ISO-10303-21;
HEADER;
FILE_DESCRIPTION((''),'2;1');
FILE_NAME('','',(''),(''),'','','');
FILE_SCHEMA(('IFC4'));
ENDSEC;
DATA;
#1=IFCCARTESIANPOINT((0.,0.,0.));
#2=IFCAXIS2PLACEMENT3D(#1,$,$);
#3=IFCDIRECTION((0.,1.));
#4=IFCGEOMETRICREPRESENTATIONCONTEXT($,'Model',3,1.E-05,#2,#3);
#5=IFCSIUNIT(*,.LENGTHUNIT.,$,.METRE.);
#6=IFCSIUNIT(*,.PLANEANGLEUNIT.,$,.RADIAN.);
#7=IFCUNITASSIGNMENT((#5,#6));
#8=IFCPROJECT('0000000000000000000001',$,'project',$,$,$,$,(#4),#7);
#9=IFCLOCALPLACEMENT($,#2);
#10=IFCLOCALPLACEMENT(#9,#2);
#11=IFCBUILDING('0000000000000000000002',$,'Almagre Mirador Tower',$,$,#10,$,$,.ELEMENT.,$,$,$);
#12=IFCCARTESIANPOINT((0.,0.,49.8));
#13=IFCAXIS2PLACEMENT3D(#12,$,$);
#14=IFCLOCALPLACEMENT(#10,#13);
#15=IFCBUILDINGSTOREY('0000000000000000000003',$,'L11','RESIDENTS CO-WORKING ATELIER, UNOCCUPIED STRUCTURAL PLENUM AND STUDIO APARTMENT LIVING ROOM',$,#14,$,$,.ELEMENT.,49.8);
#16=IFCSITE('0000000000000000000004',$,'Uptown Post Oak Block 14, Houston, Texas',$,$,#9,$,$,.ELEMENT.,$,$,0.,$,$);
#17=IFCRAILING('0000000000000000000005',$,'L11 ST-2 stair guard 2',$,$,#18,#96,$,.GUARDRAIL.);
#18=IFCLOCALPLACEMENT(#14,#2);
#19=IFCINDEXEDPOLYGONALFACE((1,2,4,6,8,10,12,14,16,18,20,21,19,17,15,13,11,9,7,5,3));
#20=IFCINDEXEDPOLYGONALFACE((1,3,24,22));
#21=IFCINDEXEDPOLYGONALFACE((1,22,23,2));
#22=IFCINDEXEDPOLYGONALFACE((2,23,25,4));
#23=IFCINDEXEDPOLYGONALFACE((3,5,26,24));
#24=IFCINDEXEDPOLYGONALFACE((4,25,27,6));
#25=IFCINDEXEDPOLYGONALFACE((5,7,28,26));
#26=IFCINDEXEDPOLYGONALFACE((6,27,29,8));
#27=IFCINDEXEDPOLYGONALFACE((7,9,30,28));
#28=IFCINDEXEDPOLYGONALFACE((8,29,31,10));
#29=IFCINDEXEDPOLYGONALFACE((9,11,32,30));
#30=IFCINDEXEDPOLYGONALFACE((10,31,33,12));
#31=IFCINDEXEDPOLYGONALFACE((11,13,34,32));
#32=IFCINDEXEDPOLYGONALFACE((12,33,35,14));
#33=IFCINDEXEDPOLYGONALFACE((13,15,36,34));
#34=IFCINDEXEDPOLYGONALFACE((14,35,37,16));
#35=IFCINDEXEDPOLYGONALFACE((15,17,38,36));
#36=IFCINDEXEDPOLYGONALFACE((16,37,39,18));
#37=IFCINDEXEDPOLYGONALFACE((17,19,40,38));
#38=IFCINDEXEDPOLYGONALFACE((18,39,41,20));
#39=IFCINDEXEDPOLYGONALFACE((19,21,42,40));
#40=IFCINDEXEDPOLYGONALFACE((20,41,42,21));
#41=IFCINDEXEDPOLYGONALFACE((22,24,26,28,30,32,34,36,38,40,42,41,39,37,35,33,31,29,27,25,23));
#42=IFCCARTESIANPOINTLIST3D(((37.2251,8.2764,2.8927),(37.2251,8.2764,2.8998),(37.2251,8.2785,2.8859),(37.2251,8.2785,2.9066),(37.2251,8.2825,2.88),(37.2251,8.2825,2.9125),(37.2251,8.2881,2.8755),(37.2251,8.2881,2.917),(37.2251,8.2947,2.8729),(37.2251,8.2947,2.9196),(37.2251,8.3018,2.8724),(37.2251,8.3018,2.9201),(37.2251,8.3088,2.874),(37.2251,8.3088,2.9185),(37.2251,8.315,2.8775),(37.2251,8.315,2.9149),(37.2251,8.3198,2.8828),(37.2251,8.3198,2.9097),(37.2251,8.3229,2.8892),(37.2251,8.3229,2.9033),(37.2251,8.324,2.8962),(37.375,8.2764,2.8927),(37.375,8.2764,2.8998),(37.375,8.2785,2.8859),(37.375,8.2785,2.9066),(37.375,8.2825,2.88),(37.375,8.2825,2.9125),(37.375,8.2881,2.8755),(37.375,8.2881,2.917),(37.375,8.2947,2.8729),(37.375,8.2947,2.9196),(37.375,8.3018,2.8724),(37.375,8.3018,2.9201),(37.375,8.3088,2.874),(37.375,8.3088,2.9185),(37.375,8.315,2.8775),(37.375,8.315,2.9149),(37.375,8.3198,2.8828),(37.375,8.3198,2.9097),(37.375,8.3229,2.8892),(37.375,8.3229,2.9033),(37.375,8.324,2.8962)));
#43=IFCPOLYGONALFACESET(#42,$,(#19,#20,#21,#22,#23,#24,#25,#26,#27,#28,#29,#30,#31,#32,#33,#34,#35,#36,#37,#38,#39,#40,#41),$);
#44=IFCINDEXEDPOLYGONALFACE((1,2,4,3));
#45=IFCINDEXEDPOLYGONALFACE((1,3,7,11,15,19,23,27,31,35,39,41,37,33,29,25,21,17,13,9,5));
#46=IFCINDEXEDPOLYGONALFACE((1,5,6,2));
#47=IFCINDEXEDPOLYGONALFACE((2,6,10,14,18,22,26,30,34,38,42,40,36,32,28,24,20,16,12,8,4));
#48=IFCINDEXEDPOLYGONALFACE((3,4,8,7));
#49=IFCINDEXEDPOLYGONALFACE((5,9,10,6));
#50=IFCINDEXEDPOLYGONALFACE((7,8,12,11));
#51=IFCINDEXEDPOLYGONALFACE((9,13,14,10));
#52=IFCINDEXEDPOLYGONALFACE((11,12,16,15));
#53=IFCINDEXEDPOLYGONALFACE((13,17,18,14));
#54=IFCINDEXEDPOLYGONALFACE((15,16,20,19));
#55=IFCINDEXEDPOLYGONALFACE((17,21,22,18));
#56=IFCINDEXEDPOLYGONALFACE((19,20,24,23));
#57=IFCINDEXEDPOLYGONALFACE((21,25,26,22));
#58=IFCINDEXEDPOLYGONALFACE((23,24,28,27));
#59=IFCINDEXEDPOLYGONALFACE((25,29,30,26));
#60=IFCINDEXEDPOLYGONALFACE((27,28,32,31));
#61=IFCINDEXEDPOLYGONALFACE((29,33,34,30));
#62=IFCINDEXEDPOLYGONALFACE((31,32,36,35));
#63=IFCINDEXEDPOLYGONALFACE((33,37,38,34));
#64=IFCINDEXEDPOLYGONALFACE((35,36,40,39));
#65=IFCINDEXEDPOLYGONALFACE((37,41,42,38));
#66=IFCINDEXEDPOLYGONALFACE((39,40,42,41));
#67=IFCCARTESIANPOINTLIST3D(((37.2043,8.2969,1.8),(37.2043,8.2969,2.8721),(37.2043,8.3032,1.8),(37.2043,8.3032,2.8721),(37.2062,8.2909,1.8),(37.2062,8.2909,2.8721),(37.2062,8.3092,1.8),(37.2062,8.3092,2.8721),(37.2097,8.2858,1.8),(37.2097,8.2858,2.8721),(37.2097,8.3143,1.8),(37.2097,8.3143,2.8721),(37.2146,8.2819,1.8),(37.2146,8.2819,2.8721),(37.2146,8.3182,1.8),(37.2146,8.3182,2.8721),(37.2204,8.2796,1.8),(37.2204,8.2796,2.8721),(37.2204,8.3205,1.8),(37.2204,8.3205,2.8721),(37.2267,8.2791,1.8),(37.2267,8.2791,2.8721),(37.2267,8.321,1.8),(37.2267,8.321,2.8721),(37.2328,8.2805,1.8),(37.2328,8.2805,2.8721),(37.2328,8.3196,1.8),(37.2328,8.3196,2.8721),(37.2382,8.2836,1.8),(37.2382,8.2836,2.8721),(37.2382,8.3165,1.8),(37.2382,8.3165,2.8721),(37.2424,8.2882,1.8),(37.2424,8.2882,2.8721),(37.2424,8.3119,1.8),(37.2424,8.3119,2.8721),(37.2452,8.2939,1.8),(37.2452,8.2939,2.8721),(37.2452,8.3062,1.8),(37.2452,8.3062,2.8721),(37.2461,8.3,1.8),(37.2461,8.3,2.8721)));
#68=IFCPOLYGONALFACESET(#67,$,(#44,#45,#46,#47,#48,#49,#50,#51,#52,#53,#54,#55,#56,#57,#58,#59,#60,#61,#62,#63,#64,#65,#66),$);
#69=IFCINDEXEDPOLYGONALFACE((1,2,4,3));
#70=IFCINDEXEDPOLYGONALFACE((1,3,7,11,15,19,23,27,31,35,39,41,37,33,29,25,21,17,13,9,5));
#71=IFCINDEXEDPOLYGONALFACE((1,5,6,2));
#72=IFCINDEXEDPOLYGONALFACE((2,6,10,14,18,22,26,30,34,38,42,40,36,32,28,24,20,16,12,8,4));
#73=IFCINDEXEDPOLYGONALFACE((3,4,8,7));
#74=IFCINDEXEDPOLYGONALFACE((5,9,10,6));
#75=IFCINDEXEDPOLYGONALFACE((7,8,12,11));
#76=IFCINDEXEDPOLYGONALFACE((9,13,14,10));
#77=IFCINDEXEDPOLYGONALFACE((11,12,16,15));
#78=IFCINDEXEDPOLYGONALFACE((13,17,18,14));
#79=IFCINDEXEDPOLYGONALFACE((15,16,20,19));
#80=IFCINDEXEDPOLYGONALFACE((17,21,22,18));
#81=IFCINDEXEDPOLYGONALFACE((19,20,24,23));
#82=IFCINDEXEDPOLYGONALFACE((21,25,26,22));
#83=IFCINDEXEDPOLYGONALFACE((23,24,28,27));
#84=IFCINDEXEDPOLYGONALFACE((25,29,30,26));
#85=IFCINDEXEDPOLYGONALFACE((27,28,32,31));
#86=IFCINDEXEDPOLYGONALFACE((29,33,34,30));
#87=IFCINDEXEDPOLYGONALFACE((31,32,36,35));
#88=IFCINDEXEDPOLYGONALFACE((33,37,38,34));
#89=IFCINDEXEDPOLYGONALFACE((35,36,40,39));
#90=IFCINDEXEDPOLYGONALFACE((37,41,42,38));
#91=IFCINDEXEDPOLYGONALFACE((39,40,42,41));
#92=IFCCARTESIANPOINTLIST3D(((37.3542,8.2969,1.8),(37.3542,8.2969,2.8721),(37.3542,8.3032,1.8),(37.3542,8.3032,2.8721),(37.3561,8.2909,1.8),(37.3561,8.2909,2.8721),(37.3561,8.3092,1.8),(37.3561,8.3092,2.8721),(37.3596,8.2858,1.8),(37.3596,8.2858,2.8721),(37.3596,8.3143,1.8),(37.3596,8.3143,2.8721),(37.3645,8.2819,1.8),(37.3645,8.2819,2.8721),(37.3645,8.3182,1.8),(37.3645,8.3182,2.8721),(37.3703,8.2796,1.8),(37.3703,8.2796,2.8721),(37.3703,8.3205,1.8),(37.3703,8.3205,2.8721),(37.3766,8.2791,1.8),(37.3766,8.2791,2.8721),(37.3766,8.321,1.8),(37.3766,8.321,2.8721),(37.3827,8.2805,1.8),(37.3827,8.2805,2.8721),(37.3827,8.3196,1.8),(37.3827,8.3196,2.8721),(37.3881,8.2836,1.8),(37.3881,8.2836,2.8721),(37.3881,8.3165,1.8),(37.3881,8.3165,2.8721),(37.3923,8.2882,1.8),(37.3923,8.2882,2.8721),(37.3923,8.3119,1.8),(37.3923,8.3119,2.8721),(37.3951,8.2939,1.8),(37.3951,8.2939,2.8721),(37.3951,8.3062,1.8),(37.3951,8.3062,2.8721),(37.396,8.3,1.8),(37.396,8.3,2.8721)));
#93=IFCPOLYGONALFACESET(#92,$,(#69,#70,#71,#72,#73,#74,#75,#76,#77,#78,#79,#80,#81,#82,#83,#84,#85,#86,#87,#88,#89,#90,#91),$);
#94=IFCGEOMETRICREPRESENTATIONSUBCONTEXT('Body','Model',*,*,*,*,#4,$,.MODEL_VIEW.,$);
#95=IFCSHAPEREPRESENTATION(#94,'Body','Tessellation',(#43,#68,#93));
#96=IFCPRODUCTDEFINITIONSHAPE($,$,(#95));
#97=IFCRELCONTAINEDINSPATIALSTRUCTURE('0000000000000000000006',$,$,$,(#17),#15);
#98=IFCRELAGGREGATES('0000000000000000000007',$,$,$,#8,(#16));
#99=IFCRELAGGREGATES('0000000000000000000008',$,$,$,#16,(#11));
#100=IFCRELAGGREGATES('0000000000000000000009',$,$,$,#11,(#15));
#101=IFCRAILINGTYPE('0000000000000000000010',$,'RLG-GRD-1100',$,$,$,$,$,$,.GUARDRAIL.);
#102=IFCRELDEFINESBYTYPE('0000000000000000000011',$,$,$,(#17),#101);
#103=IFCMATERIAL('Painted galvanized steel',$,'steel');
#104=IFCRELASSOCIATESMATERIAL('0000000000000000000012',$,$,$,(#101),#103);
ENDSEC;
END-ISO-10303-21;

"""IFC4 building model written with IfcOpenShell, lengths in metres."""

from ifc_helpers import new_model, si_unit, direction, frame, origin, origin_2d, place, context, subcontext, project, spatial, circle, extrude, material, type_object, element, save


model = new_model("IFC4")

# Units and contexts
model_context = context("Model", 3, precision=1e-05, world=origin(), true_north=direction((0.0, 1.0)))
body_context = subcontext(model_context, "Body", "Model", "MODEL_VIEW")
ifc_project = project(units=[si_unit("LENGTHUNIT", "METRE"), si_unit("PLANEANGLEUNIT", "RADIAN")], contexts=[model_context])

# Site, building, storey
site_placement = place(None, origin())
site = spatial("IfcSite", under=ifc_project, at=site_placement, Name="Uptown Post Oak Block 14, Houston, Texas", CompositionType="ELEMENT", RefElevation=0.0)
building_placement = place(site_placement, origin())
building = spatial("IfcBuilding", under=site, at=building_placement, Name="Almagre Mirador Tower", CompositionType="ELEMENT")
storey_placement = place(building_placement, frame((0.0, 0.0, 49.8)))
storey = spatial("IfcBuildingStorey", under=building, at=storey_placement, Name="L11", Description="RESIDENTS CO-WORKING ATELIER, UNOCCUPIED STRUCTURAL PLENUM AND STUDIO APARTMENT LIVING ROOM", CompositionType="ELEMENT", Elevation=49.8)

# Railing
ifc_material_1 = material(Name="Painted galvanized steel", Category="steel")
railing_type_1 = type_object("IfcRailingType", Name="RLG-GRD-1100", PredefinedType="GUARDRAIL", material=ifc_material_1)
railing_1_placement = place(storey_placement, frame((37.2251, 8.3, 1.8)))
element("IfcRailing", 1, at=railing_1_placement, inside=storey, type_object=railing_type_1, Name="L11 ST-2 stair guard 2", PredefinedType="GUARDRAIL", context=body_context, shape_type="SweptSolid", body=[
    extrude(circle(Radius=0.0239, at=origin_2d()), frame((0.0, 0.0, 1.0962), z_axis=(1.0, 0.0, 0.0), x_axis=(0.0, 1.0, 0.0)), (0.0, 0.0, 1.0), 0.1499),
    extrude(circle(Radius=0.021, at=origin_2d()), origin(), (0.0, 0.0, 1.0), 1.072),
    extrude(circle(Radius=0.021, at=origin_2d()), frame((0.1499, 0.0, 0.0)), (0.0, 0.0, 1.0), 1.072),
])

save(model, "model.ifc")
